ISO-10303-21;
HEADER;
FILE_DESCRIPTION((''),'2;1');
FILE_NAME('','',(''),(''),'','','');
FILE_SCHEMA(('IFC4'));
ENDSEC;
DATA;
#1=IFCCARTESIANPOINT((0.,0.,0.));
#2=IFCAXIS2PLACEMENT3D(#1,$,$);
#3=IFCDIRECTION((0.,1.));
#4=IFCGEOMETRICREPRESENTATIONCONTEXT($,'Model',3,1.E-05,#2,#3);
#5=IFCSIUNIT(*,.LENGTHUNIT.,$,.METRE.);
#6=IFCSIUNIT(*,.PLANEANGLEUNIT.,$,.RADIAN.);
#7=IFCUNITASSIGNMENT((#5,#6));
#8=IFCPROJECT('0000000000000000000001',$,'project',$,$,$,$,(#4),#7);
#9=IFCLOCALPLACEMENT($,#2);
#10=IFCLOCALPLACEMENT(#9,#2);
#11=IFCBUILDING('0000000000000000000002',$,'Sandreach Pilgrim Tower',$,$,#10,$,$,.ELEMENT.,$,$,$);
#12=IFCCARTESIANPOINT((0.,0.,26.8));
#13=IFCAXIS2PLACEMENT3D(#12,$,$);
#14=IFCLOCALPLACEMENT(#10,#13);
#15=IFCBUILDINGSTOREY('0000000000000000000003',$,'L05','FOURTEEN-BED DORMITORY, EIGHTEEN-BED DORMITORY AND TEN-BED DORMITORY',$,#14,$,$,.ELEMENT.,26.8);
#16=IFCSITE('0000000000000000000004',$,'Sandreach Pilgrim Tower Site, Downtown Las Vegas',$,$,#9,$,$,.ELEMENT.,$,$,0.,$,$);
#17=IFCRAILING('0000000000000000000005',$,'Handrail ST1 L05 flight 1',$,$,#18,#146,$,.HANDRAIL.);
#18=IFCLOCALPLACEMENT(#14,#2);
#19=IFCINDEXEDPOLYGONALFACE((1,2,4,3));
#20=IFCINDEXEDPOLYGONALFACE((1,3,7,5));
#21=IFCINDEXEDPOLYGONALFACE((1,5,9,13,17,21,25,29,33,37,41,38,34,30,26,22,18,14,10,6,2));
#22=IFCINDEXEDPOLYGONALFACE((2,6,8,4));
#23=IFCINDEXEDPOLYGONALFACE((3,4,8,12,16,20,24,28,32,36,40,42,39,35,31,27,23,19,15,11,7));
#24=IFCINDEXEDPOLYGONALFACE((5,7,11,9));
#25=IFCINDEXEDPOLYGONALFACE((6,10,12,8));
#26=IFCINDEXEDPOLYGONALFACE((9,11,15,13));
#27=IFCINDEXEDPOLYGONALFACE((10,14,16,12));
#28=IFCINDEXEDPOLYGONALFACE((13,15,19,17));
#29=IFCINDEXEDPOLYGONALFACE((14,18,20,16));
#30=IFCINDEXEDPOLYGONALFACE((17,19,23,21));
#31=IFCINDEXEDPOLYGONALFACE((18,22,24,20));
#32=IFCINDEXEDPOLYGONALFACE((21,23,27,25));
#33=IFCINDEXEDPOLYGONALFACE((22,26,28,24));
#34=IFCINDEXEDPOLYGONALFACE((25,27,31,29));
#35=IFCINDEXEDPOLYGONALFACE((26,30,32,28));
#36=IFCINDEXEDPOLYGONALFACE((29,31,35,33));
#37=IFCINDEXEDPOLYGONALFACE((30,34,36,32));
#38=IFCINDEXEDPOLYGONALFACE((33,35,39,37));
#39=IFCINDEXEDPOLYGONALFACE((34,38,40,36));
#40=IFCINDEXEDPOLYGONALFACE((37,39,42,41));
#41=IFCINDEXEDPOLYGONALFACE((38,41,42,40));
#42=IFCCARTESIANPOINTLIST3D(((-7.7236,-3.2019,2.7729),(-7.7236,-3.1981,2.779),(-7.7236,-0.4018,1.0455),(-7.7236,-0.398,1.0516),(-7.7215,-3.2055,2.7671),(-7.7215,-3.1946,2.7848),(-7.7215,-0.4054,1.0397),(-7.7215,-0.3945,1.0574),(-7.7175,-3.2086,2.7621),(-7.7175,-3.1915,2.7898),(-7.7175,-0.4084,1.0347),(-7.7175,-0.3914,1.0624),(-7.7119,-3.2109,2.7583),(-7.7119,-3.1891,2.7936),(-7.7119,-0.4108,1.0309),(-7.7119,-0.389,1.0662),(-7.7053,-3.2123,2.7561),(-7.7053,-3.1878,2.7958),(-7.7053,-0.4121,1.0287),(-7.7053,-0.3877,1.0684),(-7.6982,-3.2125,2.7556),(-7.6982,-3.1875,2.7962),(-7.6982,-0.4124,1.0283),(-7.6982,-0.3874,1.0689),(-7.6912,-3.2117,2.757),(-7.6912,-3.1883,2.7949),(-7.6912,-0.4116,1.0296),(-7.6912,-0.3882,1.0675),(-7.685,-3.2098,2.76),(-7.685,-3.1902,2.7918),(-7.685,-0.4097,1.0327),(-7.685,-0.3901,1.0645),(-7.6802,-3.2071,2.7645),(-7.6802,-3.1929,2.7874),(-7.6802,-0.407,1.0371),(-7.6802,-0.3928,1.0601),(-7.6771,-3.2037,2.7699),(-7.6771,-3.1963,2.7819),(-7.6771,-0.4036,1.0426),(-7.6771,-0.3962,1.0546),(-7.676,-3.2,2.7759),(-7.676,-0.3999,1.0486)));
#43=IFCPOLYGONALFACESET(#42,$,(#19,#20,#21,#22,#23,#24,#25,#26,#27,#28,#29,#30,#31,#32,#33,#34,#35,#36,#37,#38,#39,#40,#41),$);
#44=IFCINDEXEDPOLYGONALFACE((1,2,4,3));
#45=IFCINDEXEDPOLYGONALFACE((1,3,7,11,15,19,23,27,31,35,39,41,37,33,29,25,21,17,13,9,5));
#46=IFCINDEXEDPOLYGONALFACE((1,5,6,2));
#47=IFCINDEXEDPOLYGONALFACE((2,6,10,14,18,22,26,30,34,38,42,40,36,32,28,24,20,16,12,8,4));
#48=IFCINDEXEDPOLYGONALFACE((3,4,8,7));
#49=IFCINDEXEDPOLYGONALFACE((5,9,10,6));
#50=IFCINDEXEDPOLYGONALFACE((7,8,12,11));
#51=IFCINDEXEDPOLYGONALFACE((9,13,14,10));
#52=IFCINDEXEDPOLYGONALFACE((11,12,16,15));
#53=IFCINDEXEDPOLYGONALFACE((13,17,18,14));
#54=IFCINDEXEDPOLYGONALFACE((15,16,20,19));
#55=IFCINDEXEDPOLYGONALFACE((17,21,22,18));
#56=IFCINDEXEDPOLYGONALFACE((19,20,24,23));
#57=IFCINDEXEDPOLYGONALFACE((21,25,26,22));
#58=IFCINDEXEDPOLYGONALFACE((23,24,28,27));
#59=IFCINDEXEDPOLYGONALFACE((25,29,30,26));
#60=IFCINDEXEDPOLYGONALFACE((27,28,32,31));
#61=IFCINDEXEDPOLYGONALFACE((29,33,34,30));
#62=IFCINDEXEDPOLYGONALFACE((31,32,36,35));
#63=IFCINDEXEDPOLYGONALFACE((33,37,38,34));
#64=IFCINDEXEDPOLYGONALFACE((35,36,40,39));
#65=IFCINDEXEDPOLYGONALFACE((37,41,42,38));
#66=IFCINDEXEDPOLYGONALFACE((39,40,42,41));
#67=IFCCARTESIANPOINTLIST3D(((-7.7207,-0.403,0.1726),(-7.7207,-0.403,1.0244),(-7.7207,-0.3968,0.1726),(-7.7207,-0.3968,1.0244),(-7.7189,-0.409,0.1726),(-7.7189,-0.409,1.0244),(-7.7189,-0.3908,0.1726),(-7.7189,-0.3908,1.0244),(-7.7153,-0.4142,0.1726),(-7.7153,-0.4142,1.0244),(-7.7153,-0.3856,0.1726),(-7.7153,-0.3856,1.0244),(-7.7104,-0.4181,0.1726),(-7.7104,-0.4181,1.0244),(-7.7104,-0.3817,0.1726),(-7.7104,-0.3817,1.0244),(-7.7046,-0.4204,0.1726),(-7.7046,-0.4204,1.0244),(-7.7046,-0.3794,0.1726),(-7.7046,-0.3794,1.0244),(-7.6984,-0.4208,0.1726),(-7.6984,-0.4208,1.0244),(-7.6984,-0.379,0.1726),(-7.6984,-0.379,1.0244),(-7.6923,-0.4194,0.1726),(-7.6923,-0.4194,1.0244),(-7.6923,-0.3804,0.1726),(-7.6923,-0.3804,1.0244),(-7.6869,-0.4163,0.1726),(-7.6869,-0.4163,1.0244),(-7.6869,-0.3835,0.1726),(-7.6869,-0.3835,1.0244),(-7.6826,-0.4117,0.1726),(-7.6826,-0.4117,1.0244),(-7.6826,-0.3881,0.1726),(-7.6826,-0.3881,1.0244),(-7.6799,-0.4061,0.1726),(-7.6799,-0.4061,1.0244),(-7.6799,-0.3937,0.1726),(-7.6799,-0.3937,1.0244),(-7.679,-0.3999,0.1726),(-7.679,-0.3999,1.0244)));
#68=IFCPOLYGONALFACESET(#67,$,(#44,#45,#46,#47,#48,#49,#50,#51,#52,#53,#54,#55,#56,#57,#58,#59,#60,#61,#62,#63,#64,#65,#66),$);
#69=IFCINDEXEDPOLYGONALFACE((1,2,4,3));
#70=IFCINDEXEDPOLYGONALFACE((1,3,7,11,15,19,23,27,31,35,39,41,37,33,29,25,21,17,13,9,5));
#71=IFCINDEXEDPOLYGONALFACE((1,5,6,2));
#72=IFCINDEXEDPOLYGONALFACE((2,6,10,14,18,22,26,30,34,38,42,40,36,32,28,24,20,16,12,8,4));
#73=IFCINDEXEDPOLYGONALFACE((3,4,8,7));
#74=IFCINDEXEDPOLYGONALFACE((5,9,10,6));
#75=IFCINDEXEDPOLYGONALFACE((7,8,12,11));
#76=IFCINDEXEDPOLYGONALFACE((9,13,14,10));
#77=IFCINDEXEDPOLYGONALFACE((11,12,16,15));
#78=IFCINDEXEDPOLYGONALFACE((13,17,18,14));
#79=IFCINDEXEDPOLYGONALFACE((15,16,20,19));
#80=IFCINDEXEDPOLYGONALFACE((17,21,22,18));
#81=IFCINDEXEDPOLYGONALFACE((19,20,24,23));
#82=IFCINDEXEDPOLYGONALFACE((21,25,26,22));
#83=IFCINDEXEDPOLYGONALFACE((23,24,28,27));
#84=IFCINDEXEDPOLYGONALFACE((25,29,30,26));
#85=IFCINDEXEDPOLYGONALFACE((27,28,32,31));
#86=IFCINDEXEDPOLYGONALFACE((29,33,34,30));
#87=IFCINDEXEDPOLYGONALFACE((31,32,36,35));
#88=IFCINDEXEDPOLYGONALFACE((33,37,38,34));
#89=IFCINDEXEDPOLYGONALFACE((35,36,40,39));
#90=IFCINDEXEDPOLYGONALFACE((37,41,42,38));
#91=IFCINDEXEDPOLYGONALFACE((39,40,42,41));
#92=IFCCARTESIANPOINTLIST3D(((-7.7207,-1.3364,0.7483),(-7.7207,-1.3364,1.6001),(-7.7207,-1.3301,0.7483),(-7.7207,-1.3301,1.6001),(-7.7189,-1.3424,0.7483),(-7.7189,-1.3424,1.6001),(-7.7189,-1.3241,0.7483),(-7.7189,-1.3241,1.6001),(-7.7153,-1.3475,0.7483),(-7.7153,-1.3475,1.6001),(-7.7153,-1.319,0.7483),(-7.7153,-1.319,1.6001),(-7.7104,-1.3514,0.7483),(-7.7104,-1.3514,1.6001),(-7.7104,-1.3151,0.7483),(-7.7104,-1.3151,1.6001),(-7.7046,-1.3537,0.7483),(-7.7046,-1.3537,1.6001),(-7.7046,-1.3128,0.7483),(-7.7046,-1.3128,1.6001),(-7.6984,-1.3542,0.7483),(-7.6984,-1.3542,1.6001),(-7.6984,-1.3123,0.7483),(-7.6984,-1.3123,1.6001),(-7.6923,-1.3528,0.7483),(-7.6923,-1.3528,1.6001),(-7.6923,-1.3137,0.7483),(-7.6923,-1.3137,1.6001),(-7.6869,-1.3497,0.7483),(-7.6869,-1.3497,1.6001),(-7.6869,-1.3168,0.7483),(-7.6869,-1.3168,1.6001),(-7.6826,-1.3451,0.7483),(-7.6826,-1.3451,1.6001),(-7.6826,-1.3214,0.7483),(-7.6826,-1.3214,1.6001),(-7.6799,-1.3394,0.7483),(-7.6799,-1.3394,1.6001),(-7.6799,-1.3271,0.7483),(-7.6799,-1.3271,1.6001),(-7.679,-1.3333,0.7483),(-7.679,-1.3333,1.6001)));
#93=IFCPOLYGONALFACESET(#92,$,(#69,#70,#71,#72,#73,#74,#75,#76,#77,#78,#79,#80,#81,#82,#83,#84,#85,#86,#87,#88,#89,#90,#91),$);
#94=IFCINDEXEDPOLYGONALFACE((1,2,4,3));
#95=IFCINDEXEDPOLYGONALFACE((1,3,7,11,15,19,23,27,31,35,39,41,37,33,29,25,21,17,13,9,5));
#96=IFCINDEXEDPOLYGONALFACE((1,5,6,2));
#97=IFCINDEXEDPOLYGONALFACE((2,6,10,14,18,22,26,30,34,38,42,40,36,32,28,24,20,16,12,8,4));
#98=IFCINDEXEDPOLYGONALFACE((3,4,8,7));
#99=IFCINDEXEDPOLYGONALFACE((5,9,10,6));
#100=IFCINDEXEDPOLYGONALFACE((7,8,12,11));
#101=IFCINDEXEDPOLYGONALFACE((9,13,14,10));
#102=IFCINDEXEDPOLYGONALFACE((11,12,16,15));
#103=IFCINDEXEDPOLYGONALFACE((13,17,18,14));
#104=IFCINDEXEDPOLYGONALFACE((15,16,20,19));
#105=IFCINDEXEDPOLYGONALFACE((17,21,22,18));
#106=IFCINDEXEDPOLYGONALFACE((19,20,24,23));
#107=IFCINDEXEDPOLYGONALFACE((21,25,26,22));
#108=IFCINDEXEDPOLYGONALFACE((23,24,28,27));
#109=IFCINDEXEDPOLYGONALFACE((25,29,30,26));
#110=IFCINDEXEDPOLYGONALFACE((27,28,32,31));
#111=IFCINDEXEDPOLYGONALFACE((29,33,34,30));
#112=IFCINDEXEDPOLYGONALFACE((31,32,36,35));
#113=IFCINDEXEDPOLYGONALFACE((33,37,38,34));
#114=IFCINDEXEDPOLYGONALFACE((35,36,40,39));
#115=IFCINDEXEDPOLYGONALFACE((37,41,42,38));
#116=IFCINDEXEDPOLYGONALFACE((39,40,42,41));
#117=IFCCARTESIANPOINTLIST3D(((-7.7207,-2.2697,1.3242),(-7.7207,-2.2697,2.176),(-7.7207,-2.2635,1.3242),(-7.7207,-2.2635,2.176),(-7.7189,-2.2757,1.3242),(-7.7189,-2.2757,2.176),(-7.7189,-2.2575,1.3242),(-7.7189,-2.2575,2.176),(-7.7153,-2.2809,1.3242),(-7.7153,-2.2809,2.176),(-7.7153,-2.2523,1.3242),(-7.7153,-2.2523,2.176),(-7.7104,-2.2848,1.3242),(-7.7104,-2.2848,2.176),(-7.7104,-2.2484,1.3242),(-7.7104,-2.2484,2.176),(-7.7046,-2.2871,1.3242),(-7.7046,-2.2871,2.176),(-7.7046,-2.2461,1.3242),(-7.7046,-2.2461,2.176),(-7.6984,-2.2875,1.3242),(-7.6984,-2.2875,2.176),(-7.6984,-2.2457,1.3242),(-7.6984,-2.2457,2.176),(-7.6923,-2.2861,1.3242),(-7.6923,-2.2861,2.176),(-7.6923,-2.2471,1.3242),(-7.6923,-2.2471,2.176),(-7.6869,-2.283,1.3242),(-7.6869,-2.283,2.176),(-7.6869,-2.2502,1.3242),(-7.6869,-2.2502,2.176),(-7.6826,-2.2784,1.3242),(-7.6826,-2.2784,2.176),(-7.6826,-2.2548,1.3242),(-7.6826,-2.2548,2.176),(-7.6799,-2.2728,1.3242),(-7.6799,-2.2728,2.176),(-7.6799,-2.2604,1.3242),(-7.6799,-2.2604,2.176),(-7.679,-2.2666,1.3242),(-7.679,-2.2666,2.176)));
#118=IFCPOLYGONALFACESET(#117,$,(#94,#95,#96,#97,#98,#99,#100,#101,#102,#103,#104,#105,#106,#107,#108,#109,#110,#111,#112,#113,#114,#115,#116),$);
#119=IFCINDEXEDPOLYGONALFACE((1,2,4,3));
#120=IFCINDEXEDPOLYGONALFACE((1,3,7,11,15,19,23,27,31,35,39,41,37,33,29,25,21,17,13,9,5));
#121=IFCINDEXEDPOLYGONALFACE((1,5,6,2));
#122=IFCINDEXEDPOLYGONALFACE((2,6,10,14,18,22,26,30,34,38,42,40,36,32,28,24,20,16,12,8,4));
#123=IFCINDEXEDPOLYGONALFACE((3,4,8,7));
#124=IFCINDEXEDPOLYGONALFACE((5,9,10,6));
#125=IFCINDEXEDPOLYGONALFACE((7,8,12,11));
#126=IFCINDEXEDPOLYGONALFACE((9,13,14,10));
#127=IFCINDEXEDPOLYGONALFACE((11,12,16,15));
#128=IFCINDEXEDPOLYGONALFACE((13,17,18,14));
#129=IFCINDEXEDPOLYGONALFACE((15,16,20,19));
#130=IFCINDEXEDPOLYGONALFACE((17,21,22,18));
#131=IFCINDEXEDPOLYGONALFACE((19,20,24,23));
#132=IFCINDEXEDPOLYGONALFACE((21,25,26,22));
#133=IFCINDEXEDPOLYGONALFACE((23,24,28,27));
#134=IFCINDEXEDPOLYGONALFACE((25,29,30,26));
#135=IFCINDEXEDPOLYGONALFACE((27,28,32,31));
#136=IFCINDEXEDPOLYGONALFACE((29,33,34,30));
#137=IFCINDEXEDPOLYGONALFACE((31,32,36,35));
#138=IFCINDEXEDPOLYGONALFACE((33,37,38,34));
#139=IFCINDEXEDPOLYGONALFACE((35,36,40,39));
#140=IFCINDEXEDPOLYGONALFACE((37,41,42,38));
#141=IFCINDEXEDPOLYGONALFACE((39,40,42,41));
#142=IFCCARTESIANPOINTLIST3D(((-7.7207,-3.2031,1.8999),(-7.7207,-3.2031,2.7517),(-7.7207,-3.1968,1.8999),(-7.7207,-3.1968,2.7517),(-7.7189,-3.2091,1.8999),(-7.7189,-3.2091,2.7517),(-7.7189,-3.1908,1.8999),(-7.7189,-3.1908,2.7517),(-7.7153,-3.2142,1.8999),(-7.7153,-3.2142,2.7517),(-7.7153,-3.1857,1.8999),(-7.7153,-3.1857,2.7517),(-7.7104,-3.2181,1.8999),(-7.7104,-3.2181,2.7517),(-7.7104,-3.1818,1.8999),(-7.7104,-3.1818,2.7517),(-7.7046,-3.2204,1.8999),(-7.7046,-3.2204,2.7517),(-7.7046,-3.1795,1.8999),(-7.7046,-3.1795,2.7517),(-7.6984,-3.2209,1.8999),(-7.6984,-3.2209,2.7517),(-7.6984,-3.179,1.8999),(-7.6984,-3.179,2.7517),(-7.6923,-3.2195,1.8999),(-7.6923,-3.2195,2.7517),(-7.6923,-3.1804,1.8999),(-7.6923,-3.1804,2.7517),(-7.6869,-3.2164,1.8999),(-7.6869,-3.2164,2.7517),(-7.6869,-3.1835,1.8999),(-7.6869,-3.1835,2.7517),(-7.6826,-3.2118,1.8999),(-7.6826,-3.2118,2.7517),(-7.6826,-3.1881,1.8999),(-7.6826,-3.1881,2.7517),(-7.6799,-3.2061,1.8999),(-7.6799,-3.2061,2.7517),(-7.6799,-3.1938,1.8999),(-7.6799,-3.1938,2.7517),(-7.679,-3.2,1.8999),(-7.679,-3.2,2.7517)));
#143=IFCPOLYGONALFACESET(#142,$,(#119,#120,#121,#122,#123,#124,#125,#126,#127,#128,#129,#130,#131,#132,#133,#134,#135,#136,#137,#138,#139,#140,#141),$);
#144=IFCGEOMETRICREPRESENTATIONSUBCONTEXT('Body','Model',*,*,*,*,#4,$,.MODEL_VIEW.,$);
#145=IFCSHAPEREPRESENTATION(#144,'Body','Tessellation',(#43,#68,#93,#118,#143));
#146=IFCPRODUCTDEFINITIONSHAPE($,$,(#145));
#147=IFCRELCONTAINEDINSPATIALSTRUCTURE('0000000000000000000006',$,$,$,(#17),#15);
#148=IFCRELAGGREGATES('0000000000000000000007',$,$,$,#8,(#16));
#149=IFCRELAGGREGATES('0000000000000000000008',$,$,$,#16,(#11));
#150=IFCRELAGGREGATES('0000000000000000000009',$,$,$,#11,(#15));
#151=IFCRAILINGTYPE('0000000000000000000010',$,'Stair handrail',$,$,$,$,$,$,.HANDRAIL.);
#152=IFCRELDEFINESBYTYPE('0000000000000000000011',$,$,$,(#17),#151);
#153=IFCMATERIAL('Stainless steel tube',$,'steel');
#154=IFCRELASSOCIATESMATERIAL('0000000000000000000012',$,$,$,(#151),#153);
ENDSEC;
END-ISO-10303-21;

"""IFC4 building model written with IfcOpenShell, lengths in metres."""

from ifc_helpers import new_model, si_unit, direction, frame, origin, origin_2d, place, context, subcontext, project, spatial, circle, extrude, material, type_object, element, save


model = new_model("IFC4")

# Units and contexts
model_context = context("Model", 3, precision=1e-05, world=origin(), true_north=direction((0.0, 1.0)))
body_context = subcontext(model_context, "Body", "Model", "MODEL_VIEW")
ifc_project = project(units=[si_unit("LENGTHUNIT", "METRE"), si_unit("PLANEANGLEUNIT", "RADIAN")], contexts=[model_context])

# Site, building, storey
site_placement = place(None, origin())
site = spatial("IfcSite", under=ifc_project, at=site_placement, Name="Sandreach Pilgrim Tower Site, Downtown Las Vegas", CompositionType="ELEMENT", RefElevation=0.0)
building_placement = place(site_placement, origin())
building = spatial("IfcBuilding", under=site, at=building_placement, Name="Sandreach Pilgrim Tower", CompositionType="ELEMENT")
storey_placement = place(building_placement, frame((0.0, 0.0, 26.8)))
storey = spatial("IfcBuildingStorey", under=building, at=storey_placement, Name="L05", Description="FOURTEEN-BED DORMITORY, EIGHTEEN-BED DORMITORY AND TEN-BED DORMITORY", CompositionType="ELEMENT", Elevation=26.8)

# Railing
ifc_material_1 = material(Name="Stainless steel tube", Category="steel")
railing_type = type_object("IfcRailingType", Name="Stair handrail", PredefinedType="HANDRAIL", material=ifc_material_1)
for number, where, name in (
    (1, (-7.7, -0.3999, 0.1726), "Handrail ST1 L05 flight 1"),
):
    element("IfcRailing", number, at=place(storey_placement, frame(where)), inside=storey, type_object=railing_type, Name=name, PredefinedType="HANDRAIL", context=body_context, shape_type="SweptSolid", body=[
        extrude(circle(Radius=0.0239, at=origin_2d()), frame((0.0, 0.0, 0.876), z_axis=(0.0, -0.85109, 0.52502), x_axis=(1.0, 0.0, 0.0)), (0.0, 0.0, 1.0), 3.29),
        extrude(circle(Radius=0.021, at=origin_2d()), origin(), (0.0, 0.0, 1.0), 0.8518),
        extrude(circle(Radius=0.021, at=origin_2d()), frame((0.0, -0.9333, 0.5757)), (0.0, 0.0, 1.0), 0.8518),
        extrude(circle(Radius=0.021, at=origin_2d()), frame((0.0, -1.8667, 1.1516)), (0.0, 0.0, 1.0), 0.8518),
        extrude(circle(Radius=0.021, at=origin_2d()), frame((0.0, -2.8, 1.7273)), (0.0, 0.0, 1.0), 0.8518),
    ])

save(model, "model.ifc")
